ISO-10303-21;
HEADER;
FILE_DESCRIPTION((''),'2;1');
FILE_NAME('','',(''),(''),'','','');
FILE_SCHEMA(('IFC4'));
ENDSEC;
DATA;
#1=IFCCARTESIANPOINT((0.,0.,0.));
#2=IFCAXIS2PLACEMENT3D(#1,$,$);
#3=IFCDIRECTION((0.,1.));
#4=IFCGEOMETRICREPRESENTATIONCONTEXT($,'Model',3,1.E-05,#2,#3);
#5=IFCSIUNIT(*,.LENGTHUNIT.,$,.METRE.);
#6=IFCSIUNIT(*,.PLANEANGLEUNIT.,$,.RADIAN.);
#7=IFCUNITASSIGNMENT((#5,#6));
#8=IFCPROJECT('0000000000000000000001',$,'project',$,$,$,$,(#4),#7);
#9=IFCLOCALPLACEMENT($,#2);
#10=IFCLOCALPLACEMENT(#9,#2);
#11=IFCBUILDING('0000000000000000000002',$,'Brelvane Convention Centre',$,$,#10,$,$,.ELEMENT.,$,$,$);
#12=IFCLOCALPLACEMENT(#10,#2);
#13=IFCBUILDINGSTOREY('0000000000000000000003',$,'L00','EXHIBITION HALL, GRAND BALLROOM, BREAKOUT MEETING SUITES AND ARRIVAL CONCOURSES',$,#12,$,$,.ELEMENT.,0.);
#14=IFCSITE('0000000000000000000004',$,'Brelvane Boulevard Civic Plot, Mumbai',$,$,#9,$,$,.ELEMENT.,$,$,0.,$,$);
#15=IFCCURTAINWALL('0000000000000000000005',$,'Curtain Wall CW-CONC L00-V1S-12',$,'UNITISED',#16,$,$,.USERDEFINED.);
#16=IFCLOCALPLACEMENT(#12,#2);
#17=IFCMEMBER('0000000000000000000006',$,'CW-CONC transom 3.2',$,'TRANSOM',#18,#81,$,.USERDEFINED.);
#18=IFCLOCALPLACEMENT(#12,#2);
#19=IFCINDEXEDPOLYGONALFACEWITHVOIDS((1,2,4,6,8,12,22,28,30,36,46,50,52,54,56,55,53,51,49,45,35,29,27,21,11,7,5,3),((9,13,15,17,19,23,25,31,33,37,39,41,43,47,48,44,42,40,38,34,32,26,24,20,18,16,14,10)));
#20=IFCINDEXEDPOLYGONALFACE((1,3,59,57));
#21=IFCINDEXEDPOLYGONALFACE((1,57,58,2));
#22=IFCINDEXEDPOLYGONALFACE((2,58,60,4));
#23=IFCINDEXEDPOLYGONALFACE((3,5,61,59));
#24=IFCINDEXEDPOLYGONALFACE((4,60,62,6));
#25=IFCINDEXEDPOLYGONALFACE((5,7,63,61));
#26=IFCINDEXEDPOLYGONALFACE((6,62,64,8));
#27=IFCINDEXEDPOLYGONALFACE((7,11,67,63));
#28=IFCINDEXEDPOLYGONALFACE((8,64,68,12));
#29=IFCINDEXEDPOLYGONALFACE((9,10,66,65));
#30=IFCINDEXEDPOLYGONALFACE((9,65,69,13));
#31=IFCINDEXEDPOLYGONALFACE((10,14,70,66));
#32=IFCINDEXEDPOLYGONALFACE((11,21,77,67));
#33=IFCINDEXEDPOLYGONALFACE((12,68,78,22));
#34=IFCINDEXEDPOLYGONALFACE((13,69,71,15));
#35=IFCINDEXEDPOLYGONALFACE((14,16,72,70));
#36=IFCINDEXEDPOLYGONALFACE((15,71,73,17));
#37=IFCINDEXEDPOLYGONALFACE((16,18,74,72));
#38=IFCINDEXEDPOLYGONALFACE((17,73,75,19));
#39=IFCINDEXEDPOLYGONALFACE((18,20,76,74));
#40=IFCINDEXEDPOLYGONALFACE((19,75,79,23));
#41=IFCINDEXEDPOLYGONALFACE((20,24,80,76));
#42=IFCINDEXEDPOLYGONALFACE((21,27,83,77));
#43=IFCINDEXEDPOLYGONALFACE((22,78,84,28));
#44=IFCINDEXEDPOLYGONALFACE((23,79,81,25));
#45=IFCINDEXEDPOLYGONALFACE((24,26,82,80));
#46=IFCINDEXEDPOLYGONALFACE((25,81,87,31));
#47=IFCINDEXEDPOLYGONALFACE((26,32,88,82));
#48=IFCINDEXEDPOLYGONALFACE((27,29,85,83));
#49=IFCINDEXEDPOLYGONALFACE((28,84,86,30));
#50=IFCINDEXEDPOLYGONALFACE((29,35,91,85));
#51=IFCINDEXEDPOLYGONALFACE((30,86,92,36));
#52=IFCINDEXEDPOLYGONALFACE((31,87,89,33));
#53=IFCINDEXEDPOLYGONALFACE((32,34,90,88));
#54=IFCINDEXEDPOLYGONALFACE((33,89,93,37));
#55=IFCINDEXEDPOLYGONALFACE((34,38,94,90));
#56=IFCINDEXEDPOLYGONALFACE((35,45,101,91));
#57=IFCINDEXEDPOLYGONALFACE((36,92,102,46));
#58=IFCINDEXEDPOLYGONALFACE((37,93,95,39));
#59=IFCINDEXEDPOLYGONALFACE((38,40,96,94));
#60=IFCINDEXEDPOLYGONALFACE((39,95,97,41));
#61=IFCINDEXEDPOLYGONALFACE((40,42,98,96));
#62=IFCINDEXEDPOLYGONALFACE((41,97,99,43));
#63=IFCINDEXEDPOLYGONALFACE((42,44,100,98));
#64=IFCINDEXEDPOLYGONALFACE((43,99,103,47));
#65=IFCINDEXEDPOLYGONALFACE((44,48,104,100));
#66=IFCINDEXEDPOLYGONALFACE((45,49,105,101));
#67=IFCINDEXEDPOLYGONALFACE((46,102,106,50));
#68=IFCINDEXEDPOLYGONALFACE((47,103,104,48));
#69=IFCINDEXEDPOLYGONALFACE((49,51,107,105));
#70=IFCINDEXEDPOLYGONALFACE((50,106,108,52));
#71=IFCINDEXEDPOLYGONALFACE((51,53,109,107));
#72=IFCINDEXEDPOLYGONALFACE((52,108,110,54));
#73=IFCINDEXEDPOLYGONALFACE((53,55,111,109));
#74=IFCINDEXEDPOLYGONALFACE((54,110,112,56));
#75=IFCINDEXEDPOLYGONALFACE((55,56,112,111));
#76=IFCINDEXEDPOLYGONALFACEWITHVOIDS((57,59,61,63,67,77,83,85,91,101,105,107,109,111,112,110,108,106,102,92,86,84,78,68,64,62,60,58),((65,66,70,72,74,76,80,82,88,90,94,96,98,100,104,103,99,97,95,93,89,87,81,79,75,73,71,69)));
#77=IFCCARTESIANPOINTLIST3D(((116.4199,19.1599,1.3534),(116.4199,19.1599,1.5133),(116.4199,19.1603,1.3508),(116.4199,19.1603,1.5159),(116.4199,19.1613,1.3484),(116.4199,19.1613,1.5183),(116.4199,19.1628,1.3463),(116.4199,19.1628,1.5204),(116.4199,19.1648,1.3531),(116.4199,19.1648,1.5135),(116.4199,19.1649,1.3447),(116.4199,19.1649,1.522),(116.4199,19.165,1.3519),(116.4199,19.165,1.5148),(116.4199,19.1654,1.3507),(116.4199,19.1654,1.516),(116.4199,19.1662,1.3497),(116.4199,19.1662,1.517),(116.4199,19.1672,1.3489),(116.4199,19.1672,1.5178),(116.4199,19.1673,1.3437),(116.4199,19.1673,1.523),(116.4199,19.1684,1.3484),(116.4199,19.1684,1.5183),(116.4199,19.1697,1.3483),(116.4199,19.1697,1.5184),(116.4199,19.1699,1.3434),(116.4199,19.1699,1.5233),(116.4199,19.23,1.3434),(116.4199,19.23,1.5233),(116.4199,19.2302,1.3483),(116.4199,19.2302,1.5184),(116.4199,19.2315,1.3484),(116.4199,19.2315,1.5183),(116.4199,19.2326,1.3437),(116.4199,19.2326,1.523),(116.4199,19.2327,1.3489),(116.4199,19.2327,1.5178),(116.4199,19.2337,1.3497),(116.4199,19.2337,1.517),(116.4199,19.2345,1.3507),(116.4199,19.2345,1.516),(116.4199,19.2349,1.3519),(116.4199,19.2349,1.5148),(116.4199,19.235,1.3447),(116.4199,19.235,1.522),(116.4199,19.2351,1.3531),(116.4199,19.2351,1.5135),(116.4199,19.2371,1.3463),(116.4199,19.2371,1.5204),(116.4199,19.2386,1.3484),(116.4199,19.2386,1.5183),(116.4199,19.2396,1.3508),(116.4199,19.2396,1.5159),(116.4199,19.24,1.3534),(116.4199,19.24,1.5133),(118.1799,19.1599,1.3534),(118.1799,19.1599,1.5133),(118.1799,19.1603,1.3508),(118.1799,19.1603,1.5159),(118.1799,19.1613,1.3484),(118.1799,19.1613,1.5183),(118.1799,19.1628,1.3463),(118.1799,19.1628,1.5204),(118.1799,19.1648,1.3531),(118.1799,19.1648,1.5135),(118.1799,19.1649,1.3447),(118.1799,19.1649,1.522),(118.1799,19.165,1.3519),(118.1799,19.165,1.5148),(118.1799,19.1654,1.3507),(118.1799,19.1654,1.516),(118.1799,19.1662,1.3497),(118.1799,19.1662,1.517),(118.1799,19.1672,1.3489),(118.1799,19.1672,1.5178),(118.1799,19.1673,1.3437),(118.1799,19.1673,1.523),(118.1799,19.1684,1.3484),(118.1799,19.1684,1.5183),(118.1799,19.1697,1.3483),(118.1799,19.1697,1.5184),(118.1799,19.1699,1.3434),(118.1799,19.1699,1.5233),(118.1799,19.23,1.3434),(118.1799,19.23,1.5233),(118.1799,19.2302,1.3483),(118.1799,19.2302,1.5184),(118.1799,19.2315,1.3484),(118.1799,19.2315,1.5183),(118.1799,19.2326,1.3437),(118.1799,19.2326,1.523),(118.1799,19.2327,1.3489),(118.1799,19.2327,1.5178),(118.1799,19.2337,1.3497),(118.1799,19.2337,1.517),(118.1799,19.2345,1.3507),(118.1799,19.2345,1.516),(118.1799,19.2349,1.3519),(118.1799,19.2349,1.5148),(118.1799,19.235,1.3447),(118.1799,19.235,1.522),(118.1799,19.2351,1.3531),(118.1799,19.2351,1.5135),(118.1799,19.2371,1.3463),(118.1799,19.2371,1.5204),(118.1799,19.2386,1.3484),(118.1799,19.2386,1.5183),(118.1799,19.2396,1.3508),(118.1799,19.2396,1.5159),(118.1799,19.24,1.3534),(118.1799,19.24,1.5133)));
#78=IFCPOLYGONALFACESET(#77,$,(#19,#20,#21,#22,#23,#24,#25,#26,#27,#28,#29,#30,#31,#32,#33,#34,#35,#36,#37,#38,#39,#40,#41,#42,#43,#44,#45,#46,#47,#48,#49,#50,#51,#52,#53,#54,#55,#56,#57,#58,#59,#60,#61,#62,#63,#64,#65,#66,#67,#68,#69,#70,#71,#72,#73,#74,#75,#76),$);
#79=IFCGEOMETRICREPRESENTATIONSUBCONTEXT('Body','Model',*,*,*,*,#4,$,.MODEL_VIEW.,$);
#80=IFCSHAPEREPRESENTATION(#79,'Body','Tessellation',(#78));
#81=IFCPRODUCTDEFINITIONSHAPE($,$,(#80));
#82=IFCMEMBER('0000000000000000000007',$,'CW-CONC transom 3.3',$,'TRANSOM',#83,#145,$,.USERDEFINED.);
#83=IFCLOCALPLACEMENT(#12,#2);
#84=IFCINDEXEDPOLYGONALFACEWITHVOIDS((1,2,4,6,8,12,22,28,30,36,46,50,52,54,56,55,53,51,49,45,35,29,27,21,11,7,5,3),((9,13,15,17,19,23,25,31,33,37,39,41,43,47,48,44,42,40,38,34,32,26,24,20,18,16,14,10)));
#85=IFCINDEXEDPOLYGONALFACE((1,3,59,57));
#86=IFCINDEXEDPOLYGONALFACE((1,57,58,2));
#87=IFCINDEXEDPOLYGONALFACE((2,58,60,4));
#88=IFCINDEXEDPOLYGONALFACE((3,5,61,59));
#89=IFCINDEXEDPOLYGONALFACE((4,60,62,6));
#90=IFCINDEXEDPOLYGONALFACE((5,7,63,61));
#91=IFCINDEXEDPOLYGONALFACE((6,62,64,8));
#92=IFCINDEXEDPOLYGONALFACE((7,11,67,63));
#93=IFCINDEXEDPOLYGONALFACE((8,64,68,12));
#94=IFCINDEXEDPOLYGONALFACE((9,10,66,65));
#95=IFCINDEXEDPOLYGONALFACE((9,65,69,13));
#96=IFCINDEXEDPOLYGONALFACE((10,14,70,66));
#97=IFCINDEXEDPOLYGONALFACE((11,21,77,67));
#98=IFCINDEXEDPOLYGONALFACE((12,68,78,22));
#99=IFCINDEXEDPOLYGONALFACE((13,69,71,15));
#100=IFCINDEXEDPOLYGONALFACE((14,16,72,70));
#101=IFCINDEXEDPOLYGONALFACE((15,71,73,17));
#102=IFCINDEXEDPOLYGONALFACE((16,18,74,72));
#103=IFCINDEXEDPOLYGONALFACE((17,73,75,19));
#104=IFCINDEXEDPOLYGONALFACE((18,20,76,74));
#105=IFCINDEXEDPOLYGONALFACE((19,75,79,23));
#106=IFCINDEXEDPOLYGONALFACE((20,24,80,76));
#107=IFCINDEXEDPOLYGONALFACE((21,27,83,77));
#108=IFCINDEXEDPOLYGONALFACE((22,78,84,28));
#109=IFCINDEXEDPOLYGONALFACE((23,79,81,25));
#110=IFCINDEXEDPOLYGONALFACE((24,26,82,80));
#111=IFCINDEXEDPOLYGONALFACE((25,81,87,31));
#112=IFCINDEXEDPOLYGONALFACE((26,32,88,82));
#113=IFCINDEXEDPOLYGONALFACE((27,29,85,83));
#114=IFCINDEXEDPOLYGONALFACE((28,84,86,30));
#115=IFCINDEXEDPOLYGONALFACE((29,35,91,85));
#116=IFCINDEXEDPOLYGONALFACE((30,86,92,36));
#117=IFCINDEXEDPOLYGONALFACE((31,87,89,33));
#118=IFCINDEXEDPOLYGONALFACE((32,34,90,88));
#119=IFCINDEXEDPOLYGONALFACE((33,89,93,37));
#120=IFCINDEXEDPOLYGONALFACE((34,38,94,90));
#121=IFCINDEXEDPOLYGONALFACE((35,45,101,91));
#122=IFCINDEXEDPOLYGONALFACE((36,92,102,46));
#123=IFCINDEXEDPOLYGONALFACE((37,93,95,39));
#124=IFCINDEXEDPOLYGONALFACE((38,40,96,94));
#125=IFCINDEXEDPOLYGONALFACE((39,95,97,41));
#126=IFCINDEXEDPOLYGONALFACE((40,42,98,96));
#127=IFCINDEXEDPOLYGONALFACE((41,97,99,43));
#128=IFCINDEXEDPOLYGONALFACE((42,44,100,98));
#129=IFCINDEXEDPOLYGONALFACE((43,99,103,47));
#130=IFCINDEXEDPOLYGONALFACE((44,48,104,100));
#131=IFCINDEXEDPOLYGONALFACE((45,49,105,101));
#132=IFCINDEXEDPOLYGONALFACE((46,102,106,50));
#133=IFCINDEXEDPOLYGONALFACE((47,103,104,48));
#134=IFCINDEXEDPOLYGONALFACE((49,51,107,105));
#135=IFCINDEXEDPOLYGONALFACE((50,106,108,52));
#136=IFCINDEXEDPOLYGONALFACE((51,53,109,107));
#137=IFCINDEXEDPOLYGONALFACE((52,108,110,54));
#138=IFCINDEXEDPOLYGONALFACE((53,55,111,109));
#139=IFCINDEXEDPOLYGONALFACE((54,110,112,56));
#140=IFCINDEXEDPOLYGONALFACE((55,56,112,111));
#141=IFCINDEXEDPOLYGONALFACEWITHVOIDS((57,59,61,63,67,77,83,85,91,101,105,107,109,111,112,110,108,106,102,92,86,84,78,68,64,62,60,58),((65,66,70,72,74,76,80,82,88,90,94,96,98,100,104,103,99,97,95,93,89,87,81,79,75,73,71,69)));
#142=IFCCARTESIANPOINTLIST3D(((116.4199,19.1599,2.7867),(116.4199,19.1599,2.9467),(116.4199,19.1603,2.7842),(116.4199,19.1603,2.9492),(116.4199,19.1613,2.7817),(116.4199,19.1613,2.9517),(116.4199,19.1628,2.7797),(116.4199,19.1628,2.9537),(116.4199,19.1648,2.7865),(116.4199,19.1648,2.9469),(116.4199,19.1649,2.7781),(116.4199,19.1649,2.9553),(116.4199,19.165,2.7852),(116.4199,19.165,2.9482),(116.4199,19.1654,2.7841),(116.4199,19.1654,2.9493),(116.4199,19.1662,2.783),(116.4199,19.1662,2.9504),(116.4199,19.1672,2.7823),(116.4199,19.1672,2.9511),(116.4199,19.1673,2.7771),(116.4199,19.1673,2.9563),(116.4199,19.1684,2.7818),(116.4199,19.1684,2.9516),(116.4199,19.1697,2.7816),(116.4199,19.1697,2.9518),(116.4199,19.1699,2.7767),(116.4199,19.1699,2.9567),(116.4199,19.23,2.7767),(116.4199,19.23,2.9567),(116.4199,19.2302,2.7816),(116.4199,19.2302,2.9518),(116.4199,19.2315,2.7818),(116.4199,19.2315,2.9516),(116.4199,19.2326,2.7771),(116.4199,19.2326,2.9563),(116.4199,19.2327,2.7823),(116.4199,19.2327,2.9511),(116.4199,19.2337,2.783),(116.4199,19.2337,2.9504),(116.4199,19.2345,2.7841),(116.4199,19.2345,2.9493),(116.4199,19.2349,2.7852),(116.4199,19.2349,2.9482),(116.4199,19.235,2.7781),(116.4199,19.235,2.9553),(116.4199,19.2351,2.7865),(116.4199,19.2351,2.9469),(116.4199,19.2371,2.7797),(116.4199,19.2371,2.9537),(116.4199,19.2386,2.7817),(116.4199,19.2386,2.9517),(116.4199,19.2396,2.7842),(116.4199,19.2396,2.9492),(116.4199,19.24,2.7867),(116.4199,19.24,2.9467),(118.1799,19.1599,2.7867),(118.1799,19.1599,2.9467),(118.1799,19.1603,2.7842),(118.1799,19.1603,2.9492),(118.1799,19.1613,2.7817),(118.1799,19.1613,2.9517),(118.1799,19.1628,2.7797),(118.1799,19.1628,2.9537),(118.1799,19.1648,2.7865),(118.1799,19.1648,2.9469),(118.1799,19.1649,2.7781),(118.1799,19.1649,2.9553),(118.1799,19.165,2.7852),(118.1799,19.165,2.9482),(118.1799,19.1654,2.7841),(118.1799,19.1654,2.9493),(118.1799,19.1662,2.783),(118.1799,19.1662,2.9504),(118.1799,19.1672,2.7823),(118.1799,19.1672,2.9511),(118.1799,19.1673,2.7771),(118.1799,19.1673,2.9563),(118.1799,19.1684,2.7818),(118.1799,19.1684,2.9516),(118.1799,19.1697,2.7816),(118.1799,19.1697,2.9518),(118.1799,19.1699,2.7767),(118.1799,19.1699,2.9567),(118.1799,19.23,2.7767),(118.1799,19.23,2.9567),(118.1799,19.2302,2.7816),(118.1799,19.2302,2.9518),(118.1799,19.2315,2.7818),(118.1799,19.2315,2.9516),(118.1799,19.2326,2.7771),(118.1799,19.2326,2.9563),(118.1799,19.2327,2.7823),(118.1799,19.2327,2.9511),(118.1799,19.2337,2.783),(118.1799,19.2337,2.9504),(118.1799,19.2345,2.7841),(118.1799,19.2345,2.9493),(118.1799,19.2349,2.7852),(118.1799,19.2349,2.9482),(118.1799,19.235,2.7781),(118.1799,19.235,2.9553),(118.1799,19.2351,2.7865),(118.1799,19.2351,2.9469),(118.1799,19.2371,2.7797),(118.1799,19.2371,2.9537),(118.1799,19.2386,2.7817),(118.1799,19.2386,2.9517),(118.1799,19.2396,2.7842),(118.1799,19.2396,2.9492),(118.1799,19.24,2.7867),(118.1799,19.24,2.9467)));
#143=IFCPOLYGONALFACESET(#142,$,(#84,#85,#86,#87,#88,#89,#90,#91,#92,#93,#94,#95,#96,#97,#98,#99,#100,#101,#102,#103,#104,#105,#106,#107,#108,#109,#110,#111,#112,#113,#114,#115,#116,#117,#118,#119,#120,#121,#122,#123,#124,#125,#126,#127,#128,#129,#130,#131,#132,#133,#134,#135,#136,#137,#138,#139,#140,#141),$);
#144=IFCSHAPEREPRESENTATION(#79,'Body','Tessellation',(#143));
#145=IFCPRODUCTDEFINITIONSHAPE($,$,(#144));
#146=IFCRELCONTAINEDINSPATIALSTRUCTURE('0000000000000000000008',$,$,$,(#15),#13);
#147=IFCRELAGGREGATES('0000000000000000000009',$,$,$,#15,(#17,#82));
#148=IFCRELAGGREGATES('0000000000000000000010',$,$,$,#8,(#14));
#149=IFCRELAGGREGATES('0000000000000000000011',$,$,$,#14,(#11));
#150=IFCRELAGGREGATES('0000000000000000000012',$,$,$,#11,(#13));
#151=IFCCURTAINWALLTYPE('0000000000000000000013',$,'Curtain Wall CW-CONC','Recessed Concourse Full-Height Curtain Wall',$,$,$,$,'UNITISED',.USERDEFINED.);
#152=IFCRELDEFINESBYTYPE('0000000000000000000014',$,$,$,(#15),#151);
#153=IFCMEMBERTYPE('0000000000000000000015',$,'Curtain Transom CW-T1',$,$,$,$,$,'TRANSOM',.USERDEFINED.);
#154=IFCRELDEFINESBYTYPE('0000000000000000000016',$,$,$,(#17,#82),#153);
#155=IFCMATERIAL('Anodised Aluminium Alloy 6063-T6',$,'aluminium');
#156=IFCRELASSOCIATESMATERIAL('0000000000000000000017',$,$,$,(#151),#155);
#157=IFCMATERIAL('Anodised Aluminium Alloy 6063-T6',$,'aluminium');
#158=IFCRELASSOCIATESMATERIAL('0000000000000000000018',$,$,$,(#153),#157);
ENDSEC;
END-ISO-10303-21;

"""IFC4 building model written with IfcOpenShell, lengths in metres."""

from ifc_helpers import new_model, si_unit, direction, frame, origin, origin_2d, place, context, subcontext, project, spatial, hollow_rectangle, extrude, material, material_profile, profile_set, type_object, element, aggregate, save


model = new_model("IFC4")

# Units and contexts
model_context = context("Model", 3, precision=1e-05, world=origin(), true_north=direction((0.0, 1.0)))
body_context = subcontext(model_context, "Body", "Model", "MODEL_VIEW")
ifc_project = project(units=[si_unit("LENGTHUNIT", "METRE"), si_unit("PLANEANGLEUNIT", "RADIAN")], contexts=[model_context])

# Site, building, storey
site_placement = place(None, origin())
site = spatial("IfcSite", under=ifc_project, at=site_placement, Name="Brelvane Boulevard Civic Plot, Mumbai", CompositionType="ELEMENT", RefElevation=0.0)
building_placement = place(site_placement, origin())
building = spatial("IfcBuilding", under=site, at=building_placement, Name="Brelvane Convention Centre", CompositionType="ELEMENT")
storey_placement = place(building_placement, origin())
storey = spatial("IfcBuildingStorey", under=building, at=storey_placement, Name="L00", Description="EXHIBITION HALL, GRAND BALLROOM, BREAKOUT MEETING SUITES AND ARRIVAL CONCOURSES", CompositionType="ELEMENT", Elevation=0.0)

# Curtain wall, members
ifc_material_1 = material(Name="Anodised Aluminium Alloy 6063-T6", Category="aluminium")
curtain_wall_type = type_object("IfcCurtainWallType", Name="Curtain Wall CW-CONC", Description="Recessed Concourse Full-Height Curtain Wall", ElementType="UNITISED", PredefinedType="USERDEFINED", material=ifc_material_1)
curtain_wall_placement = place(storey_placement, origin())
curtain_wall = element("IfcCurtainWall", 1, at=curtain_wall_placement, inside=storey, type_object=curtain_wall_type, Name="Curtain Wall CW-CONC L00-V1S-12", ObjectType="UNITISED", PredefinedType="USERDEFINED")
ifc_material_2 = material(Name="Anodised Aluminium Alloy 6063-T6", Category="aluminium")
ifc_material_profile_1 = material_profile(ifc_material_2, hollow_rectangle(XDim=0.0801, YDim=0.1799, WallThickness=0.0049, InnerFilletRadius=0.0049, OuterFilletRadius=0.01, at=origin_2d()), Name="ALU-T 180x80x5.0")
ifc_profile_set_1 = profile_set([ifc_material_profile_1], Name="Anodised Aluminium Alloy 6063-T6")
member_type_1 = type_object("IfcMemberType", Name="Curtain Transom CW-T1", ElementType="TRANSOM", PredefinedType="USERDEFINED", material=ifc_profile_set_1)
member_1_placement = place(storey_placement, frame((116.4199, 19.2, 1.4333), z_axis=(1.0, 0.0, 0.0), x_axis=(0.0, 1.0, 0.0)))
member_1 = element("IfcMember", 2, at=member_1_placement, type_object=member_type_1, Name="CW-CONC transom 3.2", ObjectType="TRANSOM", PredefinedType="USERDEFINED", context=body_context, shape_type="SweptSolid", body=[
    extrude(hollow_rectangle(XDim=0.0801, YDim=0.1799, WallThickness=0.0049, InnerFilletRadius=0.0049, OuterFilletRadius=0.01, at=origin_2d()), origin(), (0.0, 0.0, 1.0), 1.76),
])
member_2_placement = place(storey_placement, frame((116.4199, 19.2, 2.8667), z_axis=(1.0, 0.0, 0.0), x_axis=(0.0, 1.0, 0.0)))
member_2 = element("IfcMember", 3, at=member_2_placement, type_object=member_type_1, Name="CW-CONC transom 3.3", ObjectType="TRANSOM", PredefinedType="USERDEFINED", context=body_context, shape_type="SweptSolid", body=[
    extrude(hollow_rectangle(XDim=0.0801, YDim=0.1799, WallThickness=0.0049, InnerFilletRadius=0.0049, OuterFilletRadius=0.01, at=origin_2d()), origin(), (0.0, 0.0, 1.0), 1.76),
])

aggregate(curtain_wall, [member_1, member_2])

save(model, "model.ifc")
